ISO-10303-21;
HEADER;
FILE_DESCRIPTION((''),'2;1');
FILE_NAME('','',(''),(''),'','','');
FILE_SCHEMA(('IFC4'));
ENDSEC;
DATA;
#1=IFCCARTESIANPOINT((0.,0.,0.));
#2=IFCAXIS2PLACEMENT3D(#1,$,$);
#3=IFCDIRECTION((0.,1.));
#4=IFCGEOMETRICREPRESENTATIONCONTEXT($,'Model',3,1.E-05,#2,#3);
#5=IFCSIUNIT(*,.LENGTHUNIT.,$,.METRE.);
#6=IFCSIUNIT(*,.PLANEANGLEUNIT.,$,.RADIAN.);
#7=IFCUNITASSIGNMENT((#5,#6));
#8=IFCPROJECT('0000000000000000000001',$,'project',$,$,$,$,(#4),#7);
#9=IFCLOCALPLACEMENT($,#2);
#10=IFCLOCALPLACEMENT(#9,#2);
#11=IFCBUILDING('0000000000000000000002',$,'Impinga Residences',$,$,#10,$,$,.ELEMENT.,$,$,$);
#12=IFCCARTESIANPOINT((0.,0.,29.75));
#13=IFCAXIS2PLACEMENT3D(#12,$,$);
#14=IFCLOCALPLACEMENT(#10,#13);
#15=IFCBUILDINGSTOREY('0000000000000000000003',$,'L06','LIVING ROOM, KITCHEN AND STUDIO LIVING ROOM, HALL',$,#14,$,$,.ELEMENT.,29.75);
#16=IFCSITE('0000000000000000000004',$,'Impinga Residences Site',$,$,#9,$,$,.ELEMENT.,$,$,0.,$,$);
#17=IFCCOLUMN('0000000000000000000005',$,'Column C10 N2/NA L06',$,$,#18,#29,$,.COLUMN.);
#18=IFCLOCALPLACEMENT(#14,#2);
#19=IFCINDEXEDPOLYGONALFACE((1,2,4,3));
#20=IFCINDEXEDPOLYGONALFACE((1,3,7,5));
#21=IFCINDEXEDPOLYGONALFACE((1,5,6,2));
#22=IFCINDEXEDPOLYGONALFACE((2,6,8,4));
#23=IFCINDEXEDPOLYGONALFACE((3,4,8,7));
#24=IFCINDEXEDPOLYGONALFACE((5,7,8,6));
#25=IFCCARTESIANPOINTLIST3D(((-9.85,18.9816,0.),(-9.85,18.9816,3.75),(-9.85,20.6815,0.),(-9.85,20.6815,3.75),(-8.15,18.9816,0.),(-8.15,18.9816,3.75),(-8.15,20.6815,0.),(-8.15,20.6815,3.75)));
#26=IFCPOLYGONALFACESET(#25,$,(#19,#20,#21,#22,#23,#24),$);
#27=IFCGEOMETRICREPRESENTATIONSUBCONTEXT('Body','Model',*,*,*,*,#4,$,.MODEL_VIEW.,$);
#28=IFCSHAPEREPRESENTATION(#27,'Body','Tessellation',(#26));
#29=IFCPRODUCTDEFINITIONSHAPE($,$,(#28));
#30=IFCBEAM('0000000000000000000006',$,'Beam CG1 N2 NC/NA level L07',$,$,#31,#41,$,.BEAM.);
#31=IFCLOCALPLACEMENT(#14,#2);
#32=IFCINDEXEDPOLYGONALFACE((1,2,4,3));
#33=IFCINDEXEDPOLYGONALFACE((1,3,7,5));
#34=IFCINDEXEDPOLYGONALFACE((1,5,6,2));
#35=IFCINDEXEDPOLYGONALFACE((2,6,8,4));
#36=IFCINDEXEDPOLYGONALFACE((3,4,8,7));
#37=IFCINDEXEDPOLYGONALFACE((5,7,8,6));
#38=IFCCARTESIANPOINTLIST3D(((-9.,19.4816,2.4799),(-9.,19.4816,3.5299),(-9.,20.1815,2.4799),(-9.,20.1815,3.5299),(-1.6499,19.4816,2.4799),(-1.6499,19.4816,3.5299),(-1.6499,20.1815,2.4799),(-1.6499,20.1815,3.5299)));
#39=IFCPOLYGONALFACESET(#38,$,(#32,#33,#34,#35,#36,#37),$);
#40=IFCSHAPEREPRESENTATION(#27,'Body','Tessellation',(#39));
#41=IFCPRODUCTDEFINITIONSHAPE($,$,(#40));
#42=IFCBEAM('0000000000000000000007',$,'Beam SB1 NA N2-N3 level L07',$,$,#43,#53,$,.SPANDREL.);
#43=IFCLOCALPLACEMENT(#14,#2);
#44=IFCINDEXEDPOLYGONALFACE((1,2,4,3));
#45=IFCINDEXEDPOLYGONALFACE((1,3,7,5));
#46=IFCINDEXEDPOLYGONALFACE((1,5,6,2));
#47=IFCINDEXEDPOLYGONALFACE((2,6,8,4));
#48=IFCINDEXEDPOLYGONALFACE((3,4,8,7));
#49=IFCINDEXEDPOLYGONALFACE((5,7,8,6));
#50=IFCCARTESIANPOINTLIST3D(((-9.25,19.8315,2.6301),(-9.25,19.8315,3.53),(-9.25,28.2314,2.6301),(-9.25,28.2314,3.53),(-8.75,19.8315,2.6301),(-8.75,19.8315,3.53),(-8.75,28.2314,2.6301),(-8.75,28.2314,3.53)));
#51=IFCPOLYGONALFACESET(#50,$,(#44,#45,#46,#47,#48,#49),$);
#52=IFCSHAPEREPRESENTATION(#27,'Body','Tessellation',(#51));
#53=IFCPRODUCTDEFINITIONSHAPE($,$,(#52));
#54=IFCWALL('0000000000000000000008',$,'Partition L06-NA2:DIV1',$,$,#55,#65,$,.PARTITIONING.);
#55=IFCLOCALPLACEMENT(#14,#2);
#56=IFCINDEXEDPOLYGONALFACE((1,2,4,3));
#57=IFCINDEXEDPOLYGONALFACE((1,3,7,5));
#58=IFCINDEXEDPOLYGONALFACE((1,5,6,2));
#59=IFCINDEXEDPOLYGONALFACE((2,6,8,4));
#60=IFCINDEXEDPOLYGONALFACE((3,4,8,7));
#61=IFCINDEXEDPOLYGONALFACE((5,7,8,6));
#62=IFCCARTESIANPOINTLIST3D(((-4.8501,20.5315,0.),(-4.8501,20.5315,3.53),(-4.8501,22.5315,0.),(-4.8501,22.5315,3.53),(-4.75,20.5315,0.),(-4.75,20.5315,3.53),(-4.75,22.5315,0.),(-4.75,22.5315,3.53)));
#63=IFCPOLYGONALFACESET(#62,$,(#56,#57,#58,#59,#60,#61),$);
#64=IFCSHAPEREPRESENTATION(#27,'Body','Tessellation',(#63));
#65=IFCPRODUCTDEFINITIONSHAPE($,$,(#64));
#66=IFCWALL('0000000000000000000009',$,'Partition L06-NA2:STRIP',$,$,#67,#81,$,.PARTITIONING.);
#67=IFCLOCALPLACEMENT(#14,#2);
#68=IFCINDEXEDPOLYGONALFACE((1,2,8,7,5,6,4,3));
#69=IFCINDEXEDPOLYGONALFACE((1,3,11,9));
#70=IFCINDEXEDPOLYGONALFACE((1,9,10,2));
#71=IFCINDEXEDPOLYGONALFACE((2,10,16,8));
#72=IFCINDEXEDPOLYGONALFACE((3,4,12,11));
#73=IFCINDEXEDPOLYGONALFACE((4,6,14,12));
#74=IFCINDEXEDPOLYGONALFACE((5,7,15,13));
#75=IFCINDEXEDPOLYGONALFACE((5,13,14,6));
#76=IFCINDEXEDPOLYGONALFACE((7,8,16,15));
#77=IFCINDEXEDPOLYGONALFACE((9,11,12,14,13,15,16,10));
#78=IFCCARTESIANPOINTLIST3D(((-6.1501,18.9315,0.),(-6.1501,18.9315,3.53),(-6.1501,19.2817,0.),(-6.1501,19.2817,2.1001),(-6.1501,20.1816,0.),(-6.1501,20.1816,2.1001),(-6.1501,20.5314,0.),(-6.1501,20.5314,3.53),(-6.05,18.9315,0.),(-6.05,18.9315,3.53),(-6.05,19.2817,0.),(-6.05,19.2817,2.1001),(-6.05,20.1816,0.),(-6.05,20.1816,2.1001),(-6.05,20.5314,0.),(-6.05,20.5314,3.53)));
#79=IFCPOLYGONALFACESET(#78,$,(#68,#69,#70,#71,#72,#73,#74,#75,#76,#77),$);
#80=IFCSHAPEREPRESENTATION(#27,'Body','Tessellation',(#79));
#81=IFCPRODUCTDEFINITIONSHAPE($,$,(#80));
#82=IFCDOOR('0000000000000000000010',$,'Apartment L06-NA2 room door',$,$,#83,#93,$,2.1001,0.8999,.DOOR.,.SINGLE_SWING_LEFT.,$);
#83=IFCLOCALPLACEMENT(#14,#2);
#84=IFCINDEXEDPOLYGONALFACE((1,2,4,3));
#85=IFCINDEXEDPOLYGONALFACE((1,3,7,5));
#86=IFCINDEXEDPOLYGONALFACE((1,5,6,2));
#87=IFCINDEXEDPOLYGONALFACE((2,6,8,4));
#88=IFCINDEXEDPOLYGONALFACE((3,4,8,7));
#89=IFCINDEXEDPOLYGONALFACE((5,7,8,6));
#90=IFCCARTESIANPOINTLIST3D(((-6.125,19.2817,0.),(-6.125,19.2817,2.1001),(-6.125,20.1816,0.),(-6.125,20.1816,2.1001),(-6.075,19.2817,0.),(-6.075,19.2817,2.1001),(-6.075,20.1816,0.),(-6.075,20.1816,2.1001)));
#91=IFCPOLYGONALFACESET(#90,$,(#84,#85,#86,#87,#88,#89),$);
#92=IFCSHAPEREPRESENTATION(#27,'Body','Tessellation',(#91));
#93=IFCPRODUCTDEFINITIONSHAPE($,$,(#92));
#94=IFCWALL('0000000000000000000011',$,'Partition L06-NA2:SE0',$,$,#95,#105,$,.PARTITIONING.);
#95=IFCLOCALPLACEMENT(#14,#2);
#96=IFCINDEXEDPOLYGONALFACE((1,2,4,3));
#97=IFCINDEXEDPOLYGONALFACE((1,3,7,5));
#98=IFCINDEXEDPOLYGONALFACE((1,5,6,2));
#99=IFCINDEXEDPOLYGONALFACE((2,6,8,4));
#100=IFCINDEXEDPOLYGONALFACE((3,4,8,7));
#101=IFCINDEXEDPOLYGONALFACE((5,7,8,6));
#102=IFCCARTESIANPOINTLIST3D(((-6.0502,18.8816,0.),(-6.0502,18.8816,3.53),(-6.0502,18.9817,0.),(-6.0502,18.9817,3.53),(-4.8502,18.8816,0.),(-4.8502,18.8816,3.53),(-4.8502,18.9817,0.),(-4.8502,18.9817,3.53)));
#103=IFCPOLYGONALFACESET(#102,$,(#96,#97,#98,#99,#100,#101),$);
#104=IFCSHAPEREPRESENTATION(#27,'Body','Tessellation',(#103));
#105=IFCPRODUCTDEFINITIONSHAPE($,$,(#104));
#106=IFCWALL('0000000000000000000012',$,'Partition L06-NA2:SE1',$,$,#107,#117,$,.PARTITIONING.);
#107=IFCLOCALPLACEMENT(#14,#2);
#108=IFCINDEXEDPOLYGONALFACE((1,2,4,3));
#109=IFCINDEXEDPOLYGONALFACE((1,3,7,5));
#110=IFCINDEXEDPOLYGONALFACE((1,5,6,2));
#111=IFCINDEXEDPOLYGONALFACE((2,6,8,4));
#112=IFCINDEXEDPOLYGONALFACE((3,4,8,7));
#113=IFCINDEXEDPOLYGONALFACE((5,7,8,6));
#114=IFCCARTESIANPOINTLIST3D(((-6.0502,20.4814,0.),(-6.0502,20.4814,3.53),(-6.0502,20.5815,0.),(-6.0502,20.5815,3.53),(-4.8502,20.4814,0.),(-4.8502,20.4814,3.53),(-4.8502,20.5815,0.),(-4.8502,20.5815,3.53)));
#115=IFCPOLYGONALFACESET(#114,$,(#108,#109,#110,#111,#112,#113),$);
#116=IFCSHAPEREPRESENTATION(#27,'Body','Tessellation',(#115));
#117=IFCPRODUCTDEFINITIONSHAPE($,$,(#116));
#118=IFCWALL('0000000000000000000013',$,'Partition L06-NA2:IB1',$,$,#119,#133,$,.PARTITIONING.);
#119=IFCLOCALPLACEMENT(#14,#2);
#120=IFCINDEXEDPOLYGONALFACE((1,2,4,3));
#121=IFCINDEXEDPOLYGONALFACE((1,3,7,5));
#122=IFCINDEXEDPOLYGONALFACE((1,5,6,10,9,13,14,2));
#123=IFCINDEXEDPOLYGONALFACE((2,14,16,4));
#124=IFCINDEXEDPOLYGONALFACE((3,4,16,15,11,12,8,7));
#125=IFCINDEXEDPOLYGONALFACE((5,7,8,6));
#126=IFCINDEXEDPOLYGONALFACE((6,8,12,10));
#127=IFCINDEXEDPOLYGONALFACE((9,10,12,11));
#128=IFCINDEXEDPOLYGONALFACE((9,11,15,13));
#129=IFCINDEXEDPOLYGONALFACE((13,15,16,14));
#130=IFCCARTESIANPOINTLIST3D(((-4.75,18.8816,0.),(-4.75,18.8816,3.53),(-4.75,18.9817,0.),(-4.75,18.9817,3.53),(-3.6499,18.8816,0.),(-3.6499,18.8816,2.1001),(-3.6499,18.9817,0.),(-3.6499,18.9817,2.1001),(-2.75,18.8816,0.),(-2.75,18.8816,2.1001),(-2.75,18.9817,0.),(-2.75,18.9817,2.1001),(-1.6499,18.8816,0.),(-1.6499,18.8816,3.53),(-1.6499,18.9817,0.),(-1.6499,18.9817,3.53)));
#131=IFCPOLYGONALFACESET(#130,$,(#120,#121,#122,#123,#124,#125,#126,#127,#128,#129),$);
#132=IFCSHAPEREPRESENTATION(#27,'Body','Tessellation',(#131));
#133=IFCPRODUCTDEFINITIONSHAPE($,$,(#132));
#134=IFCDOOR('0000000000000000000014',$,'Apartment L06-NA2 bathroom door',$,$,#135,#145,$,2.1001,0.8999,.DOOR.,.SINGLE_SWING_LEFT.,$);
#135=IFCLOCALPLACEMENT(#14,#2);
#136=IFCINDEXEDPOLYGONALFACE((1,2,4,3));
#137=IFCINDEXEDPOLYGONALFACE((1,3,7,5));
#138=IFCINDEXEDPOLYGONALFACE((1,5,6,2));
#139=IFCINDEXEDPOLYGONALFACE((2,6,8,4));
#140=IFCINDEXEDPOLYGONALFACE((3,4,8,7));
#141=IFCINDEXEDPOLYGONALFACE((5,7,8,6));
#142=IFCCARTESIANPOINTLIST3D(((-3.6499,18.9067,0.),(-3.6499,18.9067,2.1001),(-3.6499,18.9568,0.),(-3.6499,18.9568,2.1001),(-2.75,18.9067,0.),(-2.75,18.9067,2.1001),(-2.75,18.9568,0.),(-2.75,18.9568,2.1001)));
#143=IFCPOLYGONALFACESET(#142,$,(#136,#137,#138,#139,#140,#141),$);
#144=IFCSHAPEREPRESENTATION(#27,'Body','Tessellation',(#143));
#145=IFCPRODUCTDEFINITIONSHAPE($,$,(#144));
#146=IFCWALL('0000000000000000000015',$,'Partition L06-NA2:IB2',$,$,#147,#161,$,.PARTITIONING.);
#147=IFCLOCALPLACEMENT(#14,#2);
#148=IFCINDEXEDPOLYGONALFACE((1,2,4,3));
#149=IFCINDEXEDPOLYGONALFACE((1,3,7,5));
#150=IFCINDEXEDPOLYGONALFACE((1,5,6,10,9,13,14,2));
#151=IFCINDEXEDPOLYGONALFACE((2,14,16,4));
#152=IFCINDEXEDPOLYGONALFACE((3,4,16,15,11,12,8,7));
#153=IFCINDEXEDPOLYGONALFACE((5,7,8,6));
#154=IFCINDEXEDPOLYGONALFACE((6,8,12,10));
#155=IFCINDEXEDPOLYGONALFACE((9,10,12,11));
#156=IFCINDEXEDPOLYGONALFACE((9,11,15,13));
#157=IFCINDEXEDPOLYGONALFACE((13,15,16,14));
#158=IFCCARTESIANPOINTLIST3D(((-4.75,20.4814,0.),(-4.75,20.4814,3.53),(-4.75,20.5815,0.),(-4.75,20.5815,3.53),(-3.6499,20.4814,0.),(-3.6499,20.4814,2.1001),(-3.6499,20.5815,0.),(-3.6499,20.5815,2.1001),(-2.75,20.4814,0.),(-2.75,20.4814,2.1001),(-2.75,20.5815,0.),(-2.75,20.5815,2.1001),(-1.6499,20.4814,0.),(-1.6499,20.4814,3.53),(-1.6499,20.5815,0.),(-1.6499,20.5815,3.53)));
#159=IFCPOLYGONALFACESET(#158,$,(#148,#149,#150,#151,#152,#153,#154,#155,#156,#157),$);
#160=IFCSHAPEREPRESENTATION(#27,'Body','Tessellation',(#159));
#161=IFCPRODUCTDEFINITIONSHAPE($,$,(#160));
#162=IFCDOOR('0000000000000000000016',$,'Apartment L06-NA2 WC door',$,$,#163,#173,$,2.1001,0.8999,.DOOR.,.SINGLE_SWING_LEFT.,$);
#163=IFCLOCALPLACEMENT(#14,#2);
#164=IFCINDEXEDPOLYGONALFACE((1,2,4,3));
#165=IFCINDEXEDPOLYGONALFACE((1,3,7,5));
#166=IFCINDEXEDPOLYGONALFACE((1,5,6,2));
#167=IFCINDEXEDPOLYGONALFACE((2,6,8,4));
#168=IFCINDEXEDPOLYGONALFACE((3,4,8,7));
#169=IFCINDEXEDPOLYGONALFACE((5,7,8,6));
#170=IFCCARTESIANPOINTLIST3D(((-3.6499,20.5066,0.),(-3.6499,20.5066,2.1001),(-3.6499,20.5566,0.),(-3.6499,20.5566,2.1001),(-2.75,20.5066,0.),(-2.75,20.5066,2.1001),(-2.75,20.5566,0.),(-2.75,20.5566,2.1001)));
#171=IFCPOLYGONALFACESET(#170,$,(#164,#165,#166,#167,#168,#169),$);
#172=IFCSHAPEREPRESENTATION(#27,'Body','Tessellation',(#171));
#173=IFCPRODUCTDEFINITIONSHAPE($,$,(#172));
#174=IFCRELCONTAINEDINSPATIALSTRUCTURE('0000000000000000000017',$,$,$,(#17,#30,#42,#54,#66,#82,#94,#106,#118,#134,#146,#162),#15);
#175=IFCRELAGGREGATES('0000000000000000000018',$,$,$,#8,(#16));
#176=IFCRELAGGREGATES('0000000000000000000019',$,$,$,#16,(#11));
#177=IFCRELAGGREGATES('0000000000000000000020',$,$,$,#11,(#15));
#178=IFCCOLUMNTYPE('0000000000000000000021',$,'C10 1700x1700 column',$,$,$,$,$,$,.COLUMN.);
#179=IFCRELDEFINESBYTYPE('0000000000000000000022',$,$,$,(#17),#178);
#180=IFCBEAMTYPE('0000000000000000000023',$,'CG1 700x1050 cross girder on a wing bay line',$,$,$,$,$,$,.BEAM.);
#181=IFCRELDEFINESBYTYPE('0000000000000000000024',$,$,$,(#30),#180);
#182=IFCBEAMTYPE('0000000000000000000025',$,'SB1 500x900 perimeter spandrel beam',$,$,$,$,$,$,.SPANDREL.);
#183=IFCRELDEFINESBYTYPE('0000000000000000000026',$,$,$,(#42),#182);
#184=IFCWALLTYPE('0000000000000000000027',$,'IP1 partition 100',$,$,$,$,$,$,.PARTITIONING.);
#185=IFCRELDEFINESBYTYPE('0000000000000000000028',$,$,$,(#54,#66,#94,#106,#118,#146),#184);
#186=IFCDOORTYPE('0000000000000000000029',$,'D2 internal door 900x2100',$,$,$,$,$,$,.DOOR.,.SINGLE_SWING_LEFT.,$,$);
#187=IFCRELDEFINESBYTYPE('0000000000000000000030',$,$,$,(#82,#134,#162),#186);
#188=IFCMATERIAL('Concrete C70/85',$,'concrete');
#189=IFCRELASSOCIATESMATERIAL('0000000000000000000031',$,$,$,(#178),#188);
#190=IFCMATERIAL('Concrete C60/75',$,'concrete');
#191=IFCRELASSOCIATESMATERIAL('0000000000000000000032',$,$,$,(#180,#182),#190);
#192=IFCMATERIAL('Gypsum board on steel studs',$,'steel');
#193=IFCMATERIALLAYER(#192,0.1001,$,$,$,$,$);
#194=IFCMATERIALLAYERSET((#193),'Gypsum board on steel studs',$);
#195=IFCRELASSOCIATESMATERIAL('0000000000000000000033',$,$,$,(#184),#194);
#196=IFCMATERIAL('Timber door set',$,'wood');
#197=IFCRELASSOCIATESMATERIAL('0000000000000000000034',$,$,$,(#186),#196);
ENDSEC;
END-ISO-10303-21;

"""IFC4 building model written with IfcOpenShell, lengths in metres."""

from ifc_helpers import new_model, si_unit, direction, frame, frame_2d, origin, origin_2d, place, context, subcontext, project, spatial, rectangle, extrude, material, layer, layer_set, material_profile, profile_set, type_object, element, fill, save


model = new_model("IFC4")

# Units and contexts
model_context = context("Model", 3, precision=1e-05, world=origin(), true_north=direction((0.0, 1.0)))
body_context = subcontext(model_context, "Body", "Model", "MODEL_VIEW")
ifc_project = project(units=[si_unit("LENGTHUNIT", "METRE"), si_unit("PLANEANGLEUNIT", "RADIAN")], contexts=[model_context])

# Site, building, storey
site_placement = place(None, origin())
site = spatial("IfcSite", under=ifc_project, at=site_placement, Name="Impinga Residences Site", CompositionType="ELEMENT", RefElevation=0.0)
building_placement = place(site_placement, origin())
building = spatial("IfcBuilding", under=site, at=building_placement, Name="Impinga Residences", CompositionType="ELEMENT")
storey_placement = place(building_placement, frame((0.0, 0.0, 29.75)))
storey = spatial("IfcBuildingStorey", under=building, at=storey_placement, Name="L06", Description="LIVING ROOM, KITCHEN AND STUDIO LIVING ROOM, HALL", CompositionType="ELEMENT", Elevation=29.75)

# Column
ifc_material_1 = material(Name="Concrete C70/85", Category="concrete")
ifc_material_profile_1 = material_profile(ifc_material_1, rectangle(XDim=1.7, YDim=1.7, at=origin_2d()), Name="RC 1700x1700")
ifc_profile_set_1 = profile_set([ifc_material_profile_1], Name="Concrete C70/85")
column_type = type_object("IfcColumnType", Name="C10 1700x1700 column", PredefinedType="COLUMN", material=ifc_profile_set_1)
column_placement = place(storey_placement, frame((-9.0, 19.8315, 0.0), z_axis=(0.0, 0.0, 1.0), x_axis=(1.0, 0.0, 0.0)))
element("IfcColumn", 1, at=column_placement, inside=storey, type_object=column_type, Name="Column C10 N2/NA L06", PredefinedType="COLUMN", context=body_context, shape_type="SweptSolid", body=[
    extrude(rectangle(XDim=1.7, YDim=1.7, at=origin_2d()), origin(), (0.0, 0.0, 1.0), 3.75),
])

# Beams
ifc_material_2 = material(Name="Concrete C60/75", Category="concrete")
ifc_material_profile_2 = material_profile(ifc_material_2, rectangle(XDim=0.7, YDim=1.05, at=origin_2d()), Name="RC 700x1050")
ifc_profile_set_2 = profile_set([ifc_material_profile_2], Name="Concrete C60/75")
beam_type_1 = type_object("IfcBeamType", Name="CG1 700x1050 cross girder on a wing bay line", PredefinedType="BEAM", material=ifc_profile_set_2)
beam_1_placement = place(storey_placement, frame((-1.6499, 19.8315, 3.0049), z_axis=(-1.0, 0.0, 0.0), x_axis=(0.0, -1.0, 0.0)))
element("IfcBeam", 2, at=beam_1_placement, inside=storey, type_object=beam_type_1, Name="Beam CG1 N2 NC/NA level L07", PredefinedType="BEAM", context=body_context, shape_type="SweptSolid", body=[
    extrude(rectangle(XDim=0.7, YDim=1.05, at=origin_2d()), origin(), (0.0, 0.0, 1.0), 7.3501),
])
ifc_material_profile_3 = material_profile(ifc_material_2, rectangle(XDim=0.5, YDim=0.8999, at=origin_2d()), Name="RC 500x900")
ifc_profile_set_3 = profile_set([ifc_material_profile_3], Name="Concrete C60/75")
beam_type_2 = type_object("IfcBeamType", Name="SB1 500x900 perimeter spandrel beam", PredefinedType="SPANDREL", material=ifc_profile_set_3)
beam_2_placement = place(storey_placement, frame((-9.0, 19.8315, 3.0801), z_axis=(0.0, 1.0, 0.0), x_axis=(-1.0, 0.0, 0.0)))
element("IfcBeam", 3, at=beam_2_placement, inside=storey, type_object=beam_type_2, Name="Beam SB1 NA N2-N3 level L07", PredefinedType="SPANDREL", context=body_context, shape_type="SweptSolid", body=[
    extrude(rectangle(XDim=0.5, YDim=0.8999, at=origin_2d()), origin(), (0.0, 0.0, 1.0), 8.3999),
])

# Wall
ifc_material_3 = material(Name="Gypsum board on steel studs", Category="steel")
ifc_layer_1 = layer(ifc_material_3, 0.1001)
ifc_layer_set_1 = layer_set([ifc_layer_1], Name="Gypsum board on steel studs")
wall_type_1 = type_object("IfcWallType", Name="IP1 partition 100", PredefinedType="PARTITIONING", material=ifc_layer_set_1)
wall_1_placement = place(storey_placement, frame((-4.8, 20.5315, 0.0), z_axis=(0.0, 0.0, 1.0), x_axis=(0.0, 1.0, 0.0)))
element("IfcWall", 4, at=wall_1_placement, inside=storey, type_object=wall_type_1, Name="Partition L06-NA2:DIV1", PredefinedType="PARTITIONING", context=body_context, shape_type="SweptSolid", body=[
    extrude(rectangle(XDim=2.0, YDim=0.1001, at=frame_2d((1.0, 0.0))), origin(), (0.0, 0.0, 1.0), 3.53),
])

# Wall, opening, door
wall_2_placement = place(storey_placement, frame((-6.1001, 18.9316, 0.0), z_axis=(0.0, 0.0, 1.0), x_axis=(0.0, 1.0, 0.0)))
wall_2 = element("IfcWall", 5, at=wall_2_placement, inside=storey, type_object=wall_type_1, Name="Partition L06-NA2:STRIP", PredefinedType="PARTITIONING", context=body_context, shape_type="SweptSolid", body=[
    extrude(rectangle(XDim=1.5999, YDim=0.1001, at=frame_2d((0.7998, 0.0))), origin(), (0.0, 0.0, 1.0), 3.53),
])
opening_1_placement = place(wall_2_placement, frame((0.3501, 0.0, 0.0)))
opening_1 = element("IfcOpeningElement", 6, at=opening_1_placement, cuts=wall_2, PredefinedType="OPENING", context=body_context, shape_type="SweptSolid", body=[
    extrude(rectangle(XDim=0.8999, YDim=2.1001, at=frame_2d((0.45, 1.05))), frame((0.0, 0.0601, 0.0), z_axis=(0.0, -1.0, 0.0), x_axis=(1.0, 0.0, 0.0)), (0.0, 0.0, 1.0), 0.1201),
])
ifc_material_4 = material(Name="Timber door set", Category="wood")
door_type = type_object("IfcDoorType", Name="D2 internal door 900x2100", OperationType="SINGLE_SWING_LEFT", PredefinedType="DOOR", material=ifc_material_4)
door_1_placement = place(opening_1_placement, origin())
door_1 = element("IfcDoor", 7, at=door_1_placement, inside=storey, type_object=door_type, Name="Apartment L06-NA2 room door", OperationType="SINGLE_SWING_LEFT", OverallHeight=2.1001, OverallWidth=0.8999, PredefinedType="DOOR", context=body_context, shape_type="SweptSolid", body=[
    extrude(rectangle(XDim=0.8999, YDim=2.1001, at=frame_2d((0.45, 1.05))), frame((0.0, 0.0249, 0.0), z_axis=(0.0, -1.0, 0.0), x_axis=(1.0, 0.0, 0.0)), (0.0, 0.0, 1.0), 0.05),
])
fill(opening_1, door_1)

# Walls
for number, where, z_axis, x_axis, name in (
    (8, (-4.8501, 18.9316, 0.0), (0.0, 0.0, 1.0), (-1.0, 0.0, 0.0), "Partition L06-NA2:SE0"),
    (9, (-4.8501, 20.5315, 0.0), (0.0, 0.0, 1.0), (-1.0, 0.0, 0.0), "Partition L06-NA2:SE1"),
):
    element("IfcWall", number, at=place(storey_placement, frame(where, z_axis=z_axis, x_axis=x_axis)), inside=storey, type_object=wall_type_1, Name=name, PredefinedType="PARTITIONING", context=body_context, shape_type="SweptSolid", body=[
        extrude(rectangle(XDim=1.2, YDim=0.1001, at=frame_2d((0.6001, 0.0))), origin(), (0.0, 0.0, 1.0), 3.53),
    ])

# Walls, openings, doors
wall_3_placement = place(storey_placement, frame((-1.6499, 18.9316, 0.0), z_axis=(0.0, 0.0, 1.0), x_axis=(-1.0, 0.0, 0.0)))
wall_3 = element("IfcWall", 10, at=wall_3_placement, inside=storey, type_object=wall_type_1, Name="Partition L06-NA2:IB1", PredefinedType="PARTITIONING", context=body_context, shape_type="SweptSolid", body=[
    extrude(rectangle(XDim=3.1001, YDim=0.1001, at=frame_2d((1.55, 0.0))), origin(), (0.0, 0.0, 1.0), 3.53),
])
opening_2_placement = place(wall_3_placement, frame((1.1001, 0.0, 0.0)))
opening_2 = element("IfcOpeningElement", 11, at=opening_2_placement, cuts=wall_3, PredefinedType="OPENING", context=body_context, shape_type="SweptSolid", body=[
    extrude(rectangle(XDim=0.8999, YDim=2.1001, at=frame_2d((0.45, 1.05))), frame((0.0, 0.0601, 0.0), z_axis=(0.0, -1.0, 0.0), x_axis=(1.0, 0.0, 0.0)), (0.0, 0.0, 1.0), 0.1201),
])
door_2_placement = place(opening_2_placement, origin())
door_2 = element("IfcDoor", 12, at=door_2_placement, inside=storey, type_object=door_type, Name="Apartment L06-NA2 bathroom door", OperationType="SINGLE_SWING_LEFT", OverallHeight=2.1001, OverallWidth=0.8999, PredefinedType="DOOR", context=body_context, shape_type="SweptSolid", body=[
    extrude(rectangle(XDim=0.8999, YDim=2.1001, at=frame_2d((0.45, 1.05))), frame((0.0, 0.0249, 0.0), z_axis=(0.0, -1.0, 0.0), x_axis=(1.0, 0.0, 0.0)), (0.0, 0.0, 1.0), 0.05),
])
fill(opening_2, door_2)
wall_4_placement = place(storey_placement, frame((-1.6499, 20.5315, 0.0), z_axis=(0.0, 0.0, 1.0), x_axis=(-1.0, 0.0, 0.0)))
wall_4 = element("IfcWall", 13, at=wall_4_placement, inside=storey, type_object=wall_type_1, Name="Partition L06-NA2:IB2", PredefinedType="PARTITIONING", context=body_context, shape_type="SweptSolid", body=[
    extrude(rectangle(XDim=3.1001, YDim=0.1001, at=frame_2d((1.55, 0.0))), origin(), (0.0, 0.0, 1.0), 3.53),
])
opening_3_placement = place(wall_4_placement, frame((1.1001, 0.0, 0.0)))
opening_3 = element("IfcOpeningElement", 14, at=opening_3_placement, cuts=wall_4, PredefinedType="OPENING", context=body_context, shape_type="SweptSolid", body=[
    extrude(rectangle(XDim=0.8999, YDim=2.1001, at=frame_2d((0.45, 1.05))), frame((0.0, 0.0601, 0.0), z_axis=(0.0, -1.0, 0.0), x_axis=(1.0, 0.0, 0.0)), (0.0, 0.0, 1.0), 0.1201),
])
door_3_placement = place(opening_3_placement, origin())
door_3 = element("IfcDoor", 15, at=door_3_placement, inside=storey, type_object=door_type, Name="Apartment L06-NA2 WC door", OperationType="SINGLE_SWING_LEFT", OverallHeight=2.1001, OverallWidth=0.8999, PredefinedType="DOOR", context=body_context, shape_type="SweptSolid", body=[
    extrude(rectangle(XDim=0.8999, YDim=2.1001, at=frame_2d((0.45, 1.05))), frame((0.0, 0.0249, 0.0), z_axis=(0.0, -1.0, 0.0), x_axis=(1.0, 0.0, 0.0)), (0.0, 0.0, 1.0), 0.05),
])
fill(opening_3, door_3)

save(model, "model.ifc")
